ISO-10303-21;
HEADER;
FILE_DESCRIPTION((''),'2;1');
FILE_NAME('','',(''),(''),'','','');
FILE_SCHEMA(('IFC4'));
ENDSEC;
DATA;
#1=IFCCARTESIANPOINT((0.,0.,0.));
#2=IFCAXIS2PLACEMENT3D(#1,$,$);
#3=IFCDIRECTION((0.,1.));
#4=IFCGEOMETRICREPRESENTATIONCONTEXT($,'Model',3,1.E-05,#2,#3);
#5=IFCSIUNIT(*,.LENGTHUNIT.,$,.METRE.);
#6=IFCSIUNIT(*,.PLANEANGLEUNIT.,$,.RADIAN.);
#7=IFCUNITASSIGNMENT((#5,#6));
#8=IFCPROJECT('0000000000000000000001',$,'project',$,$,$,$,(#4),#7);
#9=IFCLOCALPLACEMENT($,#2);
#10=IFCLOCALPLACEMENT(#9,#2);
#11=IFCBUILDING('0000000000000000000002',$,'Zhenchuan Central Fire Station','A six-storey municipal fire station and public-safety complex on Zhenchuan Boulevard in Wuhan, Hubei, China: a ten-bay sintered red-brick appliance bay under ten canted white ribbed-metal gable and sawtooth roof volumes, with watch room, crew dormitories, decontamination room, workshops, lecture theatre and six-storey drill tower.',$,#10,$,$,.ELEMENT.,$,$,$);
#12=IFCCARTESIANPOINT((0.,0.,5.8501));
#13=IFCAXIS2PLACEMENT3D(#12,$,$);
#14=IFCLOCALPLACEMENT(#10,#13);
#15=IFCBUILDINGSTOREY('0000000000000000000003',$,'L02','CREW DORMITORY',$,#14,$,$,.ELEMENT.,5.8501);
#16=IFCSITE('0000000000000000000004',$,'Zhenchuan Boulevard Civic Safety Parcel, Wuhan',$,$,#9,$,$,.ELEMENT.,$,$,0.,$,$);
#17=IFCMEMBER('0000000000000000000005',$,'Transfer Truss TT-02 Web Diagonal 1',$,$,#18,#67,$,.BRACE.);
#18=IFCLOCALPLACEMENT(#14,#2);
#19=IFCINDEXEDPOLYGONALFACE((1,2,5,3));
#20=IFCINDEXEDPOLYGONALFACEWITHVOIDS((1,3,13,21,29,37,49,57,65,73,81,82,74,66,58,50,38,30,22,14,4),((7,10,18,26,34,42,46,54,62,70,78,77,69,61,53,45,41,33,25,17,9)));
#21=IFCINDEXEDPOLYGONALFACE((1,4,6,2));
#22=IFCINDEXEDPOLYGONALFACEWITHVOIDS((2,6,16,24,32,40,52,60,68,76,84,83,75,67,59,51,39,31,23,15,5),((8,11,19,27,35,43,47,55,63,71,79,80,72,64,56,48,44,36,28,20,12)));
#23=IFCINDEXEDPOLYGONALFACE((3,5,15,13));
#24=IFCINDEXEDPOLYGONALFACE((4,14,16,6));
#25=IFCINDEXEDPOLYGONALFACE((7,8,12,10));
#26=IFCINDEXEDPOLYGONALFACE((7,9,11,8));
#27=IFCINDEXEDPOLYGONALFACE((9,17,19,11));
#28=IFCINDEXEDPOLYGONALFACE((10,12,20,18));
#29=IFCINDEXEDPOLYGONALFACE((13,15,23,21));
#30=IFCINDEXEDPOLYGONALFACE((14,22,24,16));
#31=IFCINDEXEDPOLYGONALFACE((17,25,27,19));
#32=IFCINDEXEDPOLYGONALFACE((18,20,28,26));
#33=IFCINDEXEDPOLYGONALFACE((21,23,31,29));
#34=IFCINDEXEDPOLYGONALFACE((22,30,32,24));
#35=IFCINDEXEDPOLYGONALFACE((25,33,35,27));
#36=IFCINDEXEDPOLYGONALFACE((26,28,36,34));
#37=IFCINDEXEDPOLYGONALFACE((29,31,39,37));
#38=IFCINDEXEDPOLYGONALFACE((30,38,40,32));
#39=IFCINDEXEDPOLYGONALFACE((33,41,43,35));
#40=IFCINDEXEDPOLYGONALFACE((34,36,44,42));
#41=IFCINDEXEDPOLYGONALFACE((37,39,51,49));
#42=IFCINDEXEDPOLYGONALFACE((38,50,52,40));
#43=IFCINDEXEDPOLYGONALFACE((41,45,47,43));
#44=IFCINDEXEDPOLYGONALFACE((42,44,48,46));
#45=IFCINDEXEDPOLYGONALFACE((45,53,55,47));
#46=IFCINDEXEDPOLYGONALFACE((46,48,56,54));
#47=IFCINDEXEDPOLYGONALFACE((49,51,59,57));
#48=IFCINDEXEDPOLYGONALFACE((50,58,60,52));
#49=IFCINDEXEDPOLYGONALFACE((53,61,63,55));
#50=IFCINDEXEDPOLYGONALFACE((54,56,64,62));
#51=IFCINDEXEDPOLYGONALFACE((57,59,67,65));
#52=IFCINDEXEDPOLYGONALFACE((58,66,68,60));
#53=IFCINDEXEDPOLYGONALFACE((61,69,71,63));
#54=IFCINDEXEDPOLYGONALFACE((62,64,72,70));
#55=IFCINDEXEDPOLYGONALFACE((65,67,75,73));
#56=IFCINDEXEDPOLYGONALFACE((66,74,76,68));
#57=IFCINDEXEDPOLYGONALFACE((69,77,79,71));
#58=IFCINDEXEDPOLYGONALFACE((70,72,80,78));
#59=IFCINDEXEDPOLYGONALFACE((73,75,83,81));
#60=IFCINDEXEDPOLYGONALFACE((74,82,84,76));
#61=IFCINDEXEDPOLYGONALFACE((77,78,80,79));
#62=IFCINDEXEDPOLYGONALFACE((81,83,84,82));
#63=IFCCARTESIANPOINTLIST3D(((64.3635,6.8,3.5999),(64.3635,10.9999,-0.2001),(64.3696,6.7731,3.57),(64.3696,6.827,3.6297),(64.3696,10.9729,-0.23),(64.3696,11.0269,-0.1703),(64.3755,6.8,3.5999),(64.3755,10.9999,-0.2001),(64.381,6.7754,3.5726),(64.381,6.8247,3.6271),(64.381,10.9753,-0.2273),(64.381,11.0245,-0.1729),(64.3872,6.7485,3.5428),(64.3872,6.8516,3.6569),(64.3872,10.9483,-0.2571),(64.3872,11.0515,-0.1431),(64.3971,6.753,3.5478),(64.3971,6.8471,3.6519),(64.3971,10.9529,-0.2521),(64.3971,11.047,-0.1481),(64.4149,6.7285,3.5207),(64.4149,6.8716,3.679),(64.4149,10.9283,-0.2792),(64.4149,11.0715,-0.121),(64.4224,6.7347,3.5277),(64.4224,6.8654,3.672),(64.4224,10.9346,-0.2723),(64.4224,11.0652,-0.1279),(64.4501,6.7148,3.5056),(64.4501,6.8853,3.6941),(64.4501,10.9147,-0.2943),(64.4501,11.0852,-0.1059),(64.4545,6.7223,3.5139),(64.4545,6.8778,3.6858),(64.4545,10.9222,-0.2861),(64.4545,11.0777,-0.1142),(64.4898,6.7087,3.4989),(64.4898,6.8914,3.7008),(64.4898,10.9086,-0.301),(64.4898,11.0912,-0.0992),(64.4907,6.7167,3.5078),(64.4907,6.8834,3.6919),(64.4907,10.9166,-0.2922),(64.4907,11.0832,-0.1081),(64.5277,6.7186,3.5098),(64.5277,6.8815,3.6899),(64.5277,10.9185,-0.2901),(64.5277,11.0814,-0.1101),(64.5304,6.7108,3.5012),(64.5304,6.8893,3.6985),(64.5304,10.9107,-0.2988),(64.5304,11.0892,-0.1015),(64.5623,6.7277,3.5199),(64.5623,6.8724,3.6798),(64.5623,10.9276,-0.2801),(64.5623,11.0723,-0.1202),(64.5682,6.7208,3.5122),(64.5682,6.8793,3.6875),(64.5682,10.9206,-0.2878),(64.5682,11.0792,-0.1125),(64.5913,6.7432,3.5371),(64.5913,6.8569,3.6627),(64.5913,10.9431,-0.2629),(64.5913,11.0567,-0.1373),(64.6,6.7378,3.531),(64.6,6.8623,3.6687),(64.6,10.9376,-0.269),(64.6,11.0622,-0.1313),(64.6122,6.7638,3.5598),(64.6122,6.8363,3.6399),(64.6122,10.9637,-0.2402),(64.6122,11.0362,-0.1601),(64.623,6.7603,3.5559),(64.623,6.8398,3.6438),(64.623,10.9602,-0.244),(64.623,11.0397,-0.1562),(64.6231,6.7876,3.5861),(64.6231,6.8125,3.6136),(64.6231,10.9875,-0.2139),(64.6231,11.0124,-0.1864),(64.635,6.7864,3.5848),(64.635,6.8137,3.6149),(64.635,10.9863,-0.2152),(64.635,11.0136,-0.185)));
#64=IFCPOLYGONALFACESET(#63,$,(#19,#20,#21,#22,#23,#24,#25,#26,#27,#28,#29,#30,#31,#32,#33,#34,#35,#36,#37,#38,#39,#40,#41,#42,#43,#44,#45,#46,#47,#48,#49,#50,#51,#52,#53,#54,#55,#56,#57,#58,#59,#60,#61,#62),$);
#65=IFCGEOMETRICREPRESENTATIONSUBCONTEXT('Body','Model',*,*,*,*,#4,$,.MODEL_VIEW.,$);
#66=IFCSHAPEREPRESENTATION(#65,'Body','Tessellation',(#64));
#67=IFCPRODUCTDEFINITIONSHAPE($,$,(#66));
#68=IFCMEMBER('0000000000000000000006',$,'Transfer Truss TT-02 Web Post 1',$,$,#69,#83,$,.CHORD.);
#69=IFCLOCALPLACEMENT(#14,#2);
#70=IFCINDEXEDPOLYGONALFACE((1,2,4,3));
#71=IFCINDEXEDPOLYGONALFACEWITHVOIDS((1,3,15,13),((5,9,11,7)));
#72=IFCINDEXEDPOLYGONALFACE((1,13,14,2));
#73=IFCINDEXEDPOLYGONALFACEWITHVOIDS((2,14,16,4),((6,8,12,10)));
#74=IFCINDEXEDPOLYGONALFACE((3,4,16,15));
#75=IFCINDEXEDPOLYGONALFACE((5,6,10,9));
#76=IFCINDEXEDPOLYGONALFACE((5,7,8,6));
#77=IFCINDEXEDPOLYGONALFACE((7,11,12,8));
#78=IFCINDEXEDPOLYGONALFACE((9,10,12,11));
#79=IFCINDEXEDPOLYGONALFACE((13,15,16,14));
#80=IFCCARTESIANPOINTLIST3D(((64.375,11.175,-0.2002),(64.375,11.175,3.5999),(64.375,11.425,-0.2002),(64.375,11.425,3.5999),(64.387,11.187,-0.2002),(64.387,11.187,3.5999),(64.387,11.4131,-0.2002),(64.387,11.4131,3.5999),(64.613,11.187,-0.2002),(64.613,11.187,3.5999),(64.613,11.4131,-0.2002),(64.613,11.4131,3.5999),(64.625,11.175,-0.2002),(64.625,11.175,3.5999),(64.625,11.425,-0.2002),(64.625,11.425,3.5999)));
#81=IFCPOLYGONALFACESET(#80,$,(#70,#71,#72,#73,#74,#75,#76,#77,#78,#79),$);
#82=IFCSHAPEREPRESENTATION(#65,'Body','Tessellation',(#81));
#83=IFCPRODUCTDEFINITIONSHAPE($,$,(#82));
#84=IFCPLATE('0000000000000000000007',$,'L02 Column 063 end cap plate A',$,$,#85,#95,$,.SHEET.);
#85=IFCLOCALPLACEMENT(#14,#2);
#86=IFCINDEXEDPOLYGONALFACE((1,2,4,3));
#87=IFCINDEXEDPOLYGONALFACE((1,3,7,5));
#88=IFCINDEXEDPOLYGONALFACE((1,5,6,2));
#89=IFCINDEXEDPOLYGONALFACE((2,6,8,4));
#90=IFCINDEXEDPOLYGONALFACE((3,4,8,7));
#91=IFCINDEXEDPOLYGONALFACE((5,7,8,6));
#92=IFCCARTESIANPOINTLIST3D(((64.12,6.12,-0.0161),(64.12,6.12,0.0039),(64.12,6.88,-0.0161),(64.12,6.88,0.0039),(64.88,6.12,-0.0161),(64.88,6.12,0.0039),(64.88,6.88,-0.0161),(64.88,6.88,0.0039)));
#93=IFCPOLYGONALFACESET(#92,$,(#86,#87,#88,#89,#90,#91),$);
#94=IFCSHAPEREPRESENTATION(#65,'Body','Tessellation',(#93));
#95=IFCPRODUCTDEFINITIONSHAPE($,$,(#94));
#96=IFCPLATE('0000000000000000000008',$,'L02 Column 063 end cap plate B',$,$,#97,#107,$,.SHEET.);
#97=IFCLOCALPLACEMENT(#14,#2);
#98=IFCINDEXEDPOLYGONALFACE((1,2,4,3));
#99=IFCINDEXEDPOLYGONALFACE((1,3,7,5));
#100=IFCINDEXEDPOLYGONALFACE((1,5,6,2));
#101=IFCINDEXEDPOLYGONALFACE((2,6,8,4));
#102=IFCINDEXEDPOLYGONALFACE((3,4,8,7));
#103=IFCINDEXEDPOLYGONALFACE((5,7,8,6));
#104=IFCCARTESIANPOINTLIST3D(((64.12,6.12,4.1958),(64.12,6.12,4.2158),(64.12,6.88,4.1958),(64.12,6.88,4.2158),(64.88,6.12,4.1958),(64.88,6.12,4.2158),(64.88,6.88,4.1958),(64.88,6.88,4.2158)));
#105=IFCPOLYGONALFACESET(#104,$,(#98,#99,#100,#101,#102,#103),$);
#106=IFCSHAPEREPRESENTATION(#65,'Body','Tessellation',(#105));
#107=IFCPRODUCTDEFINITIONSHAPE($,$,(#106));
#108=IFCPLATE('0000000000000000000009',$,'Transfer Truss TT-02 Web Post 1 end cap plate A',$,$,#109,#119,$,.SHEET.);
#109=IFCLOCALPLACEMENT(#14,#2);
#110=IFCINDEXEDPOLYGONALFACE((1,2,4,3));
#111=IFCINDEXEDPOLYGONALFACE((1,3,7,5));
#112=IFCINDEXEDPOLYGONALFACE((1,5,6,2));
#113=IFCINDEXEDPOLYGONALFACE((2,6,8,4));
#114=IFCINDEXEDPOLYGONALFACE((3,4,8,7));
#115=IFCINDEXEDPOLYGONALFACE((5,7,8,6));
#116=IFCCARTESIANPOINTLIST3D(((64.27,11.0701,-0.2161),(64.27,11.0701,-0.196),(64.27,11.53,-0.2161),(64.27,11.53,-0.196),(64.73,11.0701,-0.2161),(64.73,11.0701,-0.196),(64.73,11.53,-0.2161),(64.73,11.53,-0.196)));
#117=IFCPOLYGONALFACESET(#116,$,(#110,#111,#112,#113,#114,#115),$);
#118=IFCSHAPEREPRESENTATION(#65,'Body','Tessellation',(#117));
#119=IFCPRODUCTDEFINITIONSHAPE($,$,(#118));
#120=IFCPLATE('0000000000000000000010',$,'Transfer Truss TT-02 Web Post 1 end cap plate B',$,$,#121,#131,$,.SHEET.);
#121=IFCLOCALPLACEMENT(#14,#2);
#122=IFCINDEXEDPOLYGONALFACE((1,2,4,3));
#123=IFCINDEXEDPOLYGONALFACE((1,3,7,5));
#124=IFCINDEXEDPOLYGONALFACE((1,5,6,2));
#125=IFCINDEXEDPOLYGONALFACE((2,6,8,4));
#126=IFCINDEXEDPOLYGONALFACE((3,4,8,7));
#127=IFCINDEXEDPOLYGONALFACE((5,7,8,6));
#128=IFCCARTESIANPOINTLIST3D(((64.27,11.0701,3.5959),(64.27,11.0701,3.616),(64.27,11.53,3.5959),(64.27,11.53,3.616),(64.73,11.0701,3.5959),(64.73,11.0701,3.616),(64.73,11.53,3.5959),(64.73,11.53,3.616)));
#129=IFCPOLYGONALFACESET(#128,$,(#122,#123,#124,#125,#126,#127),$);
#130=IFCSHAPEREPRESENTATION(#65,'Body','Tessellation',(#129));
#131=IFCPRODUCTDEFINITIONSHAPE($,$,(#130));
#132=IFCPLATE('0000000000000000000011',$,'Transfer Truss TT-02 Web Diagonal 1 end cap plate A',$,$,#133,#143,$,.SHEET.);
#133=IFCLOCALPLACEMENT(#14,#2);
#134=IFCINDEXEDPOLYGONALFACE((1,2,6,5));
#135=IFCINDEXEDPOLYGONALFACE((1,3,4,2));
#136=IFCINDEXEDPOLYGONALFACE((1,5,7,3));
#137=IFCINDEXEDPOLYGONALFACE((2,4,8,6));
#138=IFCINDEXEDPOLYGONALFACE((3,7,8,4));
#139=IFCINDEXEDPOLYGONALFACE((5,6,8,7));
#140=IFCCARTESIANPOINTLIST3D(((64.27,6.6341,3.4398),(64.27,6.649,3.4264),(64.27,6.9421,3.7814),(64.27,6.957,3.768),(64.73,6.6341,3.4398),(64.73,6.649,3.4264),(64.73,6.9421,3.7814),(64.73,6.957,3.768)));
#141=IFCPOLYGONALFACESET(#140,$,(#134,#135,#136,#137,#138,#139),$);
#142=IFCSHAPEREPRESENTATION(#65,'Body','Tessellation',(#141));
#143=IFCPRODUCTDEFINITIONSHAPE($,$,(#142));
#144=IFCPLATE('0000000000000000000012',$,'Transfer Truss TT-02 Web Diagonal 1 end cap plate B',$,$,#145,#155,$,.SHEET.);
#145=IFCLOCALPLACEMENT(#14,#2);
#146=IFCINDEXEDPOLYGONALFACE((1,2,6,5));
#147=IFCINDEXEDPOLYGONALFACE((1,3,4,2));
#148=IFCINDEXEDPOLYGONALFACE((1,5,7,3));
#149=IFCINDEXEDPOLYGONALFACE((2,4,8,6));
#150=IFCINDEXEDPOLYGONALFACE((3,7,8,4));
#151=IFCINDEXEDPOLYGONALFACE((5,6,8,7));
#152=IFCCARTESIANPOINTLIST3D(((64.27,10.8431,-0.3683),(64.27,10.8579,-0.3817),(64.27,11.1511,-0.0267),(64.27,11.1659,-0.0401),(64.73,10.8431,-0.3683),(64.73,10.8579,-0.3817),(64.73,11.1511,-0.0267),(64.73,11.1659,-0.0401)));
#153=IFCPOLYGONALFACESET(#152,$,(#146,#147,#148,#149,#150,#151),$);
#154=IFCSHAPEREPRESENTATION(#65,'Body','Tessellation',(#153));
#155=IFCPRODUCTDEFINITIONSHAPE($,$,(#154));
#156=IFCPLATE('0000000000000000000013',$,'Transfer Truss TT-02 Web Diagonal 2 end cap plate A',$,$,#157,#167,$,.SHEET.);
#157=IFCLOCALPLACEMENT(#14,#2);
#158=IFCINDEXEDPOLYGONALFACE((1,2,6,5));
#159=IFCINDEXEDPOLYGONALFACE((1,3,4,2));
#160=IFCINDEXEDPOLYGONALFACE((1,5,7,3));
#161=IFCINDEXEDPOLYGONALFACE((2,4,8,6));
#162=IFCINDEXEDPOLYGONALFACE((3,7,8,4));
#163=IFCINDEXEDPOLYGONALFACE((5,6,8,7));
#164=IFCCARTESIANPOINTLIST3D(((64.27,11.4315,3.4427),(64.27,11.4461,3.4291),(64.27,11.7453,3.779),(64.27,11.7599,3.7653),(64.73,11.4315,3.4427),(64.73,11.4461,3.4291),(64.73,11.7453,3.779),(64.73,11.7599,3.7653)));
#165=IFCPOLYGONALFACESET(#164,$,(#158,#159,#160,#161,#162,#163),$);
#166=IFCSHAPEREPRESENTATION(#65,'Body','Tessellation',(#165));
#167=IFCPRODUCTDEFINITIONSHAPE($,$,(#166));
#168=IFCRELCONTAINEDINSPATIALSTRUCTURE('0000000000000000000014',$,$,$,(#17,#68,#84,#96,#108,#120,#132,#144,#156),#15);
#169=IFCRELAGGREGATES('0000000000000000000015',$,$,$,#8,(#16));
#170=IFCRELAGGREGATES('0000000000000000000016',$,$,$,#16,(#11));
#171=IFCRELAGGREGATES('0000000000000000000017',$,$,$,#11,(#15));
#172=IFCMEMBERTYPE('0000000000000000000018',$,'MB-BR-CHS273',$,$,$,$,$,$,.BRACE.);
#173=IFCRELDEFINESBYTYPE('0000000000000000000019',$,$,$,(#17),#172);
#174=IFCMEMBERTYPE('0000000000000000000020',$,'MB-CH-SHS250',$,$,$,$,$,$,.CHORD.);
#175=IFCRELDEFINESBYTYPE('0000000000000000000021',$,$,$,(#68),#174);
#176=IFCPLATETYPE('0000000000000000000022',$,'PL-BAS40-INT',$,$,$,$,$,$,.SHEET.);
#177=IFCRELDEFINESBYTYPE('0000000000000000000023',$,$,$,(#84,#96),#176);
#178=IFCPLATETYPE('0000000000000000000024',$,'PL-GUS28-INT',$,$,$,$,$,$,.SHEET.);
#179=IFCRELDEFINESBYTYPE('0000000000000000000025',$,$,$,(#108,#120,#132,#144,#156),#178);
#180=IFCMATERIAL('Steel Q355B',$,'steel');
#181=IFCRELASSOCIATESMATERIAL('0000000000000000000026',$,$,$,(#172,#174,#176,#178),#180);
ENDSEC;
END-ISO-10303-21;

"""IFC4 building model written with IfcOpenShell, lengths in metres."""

from ifc_helpers import new_model, si_unit, direction, frame, origin, origin_2d, place, context, subcontext, project, spatial, rectangle, hollow_rectangle, hollow_circle, extrude, material, material_profile, profile_set, type_object, element, save


model = new_model("IFC4")

# Units and contexts
model_context = context("Model", 3, precision=1e-05, world=origin(), true_north=direction((0.0, 1.0)))
body_context = subcontext(model_context, "Body", "Model", "MODEL_VIEW")
ifc_project = project(units=[si_unit("LENGTHUNIT", "METRE"), si_unit("PLANEANGLEUNIT", "RADIAN")], contexts=[model_context])

# Site, building, storey
site_placement = place(None, origin())
site = spatial("IfcSite", under=ifc_project, at=site_placement, Name="Zhenchuan Boulevard Civic Safety Parcel, Wuhan", CompositionType="ELEMENT", RefElevation=0.0)
building_placement = place(site_placement, origin())
building = spatial("IfcBuilding", under=site, at=building_placement, Name="Zhenchuan Central Fire Station", Description="A six-storey municipal fire station and public-safety complex on Zhenchuan Boulevard in Wuhan, Hubei, China: a ten-bay sintered red-brick appliance bay under ten canted white ribbed-metal gable and sawtooth roof volumes, with watch room, crew dormitories, decontamination room, workshops, lecture theatre and six-storey drill tower.", CompositionType="ELEMENT")
storey_placement = place(building_placement, frame((0.0, 0.0, 5.8501)))
storey = spatial("IfcBuildingStorey", under=building, at=storey_placement, Name="L02", Description="CREW DORMITORY", CompositionType="ELEMENT", Elevation=5.8501)

# Shared definitions
ifc_material_1 = material(Name="Steel Q355B", Category="steel")

# Members
ifc_material_profile_1 = material_profile(ifc_material_1, hollow_circle(Radius=0.1365, WallThickness=0.012, at=origin_2d()), Name="CHS 273x12")
ifc_profile_set_1 = profile_set([ifc_material_profile_1], Name="Steel Q355B")
member_type_1 = type_object("IfcMemberType", Name="MB-BR-CHS273", PredefinedType="BRACE", material=ifc_profile_set_1)
member_1_placement = place(storey_placement, frame((64.5, 6.8, 3.5999), z_axis=(0.0, 0.741528, -0.670922), x_axis=(-1.0, 0.0, 0.0)))
element("IfcMember", 1, at=member_1_placement, inside=storey, type_object=member_type_1, Name="Transfer Truss TT-02 Web Diagonal 1", PredefinedType="BRACE", context=body_context, shape_type="SweptSolid", body=[
    extrude(hollow_circle(Radius=0.1365, WallThickness=0.012, at=origin_2d()), origin(), (0.0, 0.0, 1.0), 5.6638),
])
ifc_material_profile_2 = material_profile(ifc_material_1, hollow_rectangle(XDim=0.25, YDim=0.25, WallThickness=0.012, at=origin_2d()), Name="SHS 250x250x12")
ifc_profile_set_2 = profile_set([ifc_material_profile_2], Name="Steel Q355B")
member_type_2 = type_object("IfcMemberType", Name="MB-CH-SHS250", PredefinedType="CHORD", material=ifc_profile_set_2)
member_2_placement = place(storey_placement, frame((64.5, 11.3, -0.2002), z_axis=(0.0, 0.0, 1.0), x_axis=(1.0, 0.0, 0.0)))
element("IfcMember", 2, at=member_2_placement, inside=storey, type_object=member_type_2, Name="Transfer Truss TT-02 Web Post 1", PredefinedType="CHORD", context=body_context, shape_type="SweptSolid", body=[
    extrude(hollow_rectangle(XDim=0.25, YDim=0.25, WallThickness=0.012, at=origin_2d()), origin(), (0.0, 0.0, 1.0), 3.8),
])

# Plates
ifc_material_profile_3 = material_profile(ifc_material_1, rectangle(XDim=0.76, YDim=0.76, at=origin_2d()), Name="PL 760x760x40")
ifc_profile_set_3 = profile_set([ifc_material_profile_3], Name="Steel Q355B")
plate_type_1 = type_object("IfcPlateType", Name="PL-BAS40-INT", PredefinedType="SHEET", material=ifc_profile_set_3)
for number, where, z_axis, x_axis, name in (
    (3, (64.5, 6.5, -0.0161), (0.0, 0.0, 1.0), (1.0, 0.0, 0.0), "L02 Column 063 end cap plate A"),
    (4, (64.5, 6.5, 4.1958), (0.0, 0.0, 1.0), (1.0, 0.0, 0.0), "L02 Column 063 end cap plate B"),
):
    element("IfcPlate", number, at=place(storey_placement, frame(where, z_axis=z_axis, x_axis=x_axis)), inside=storey, type_object=plate_type_1, Name=name, PredefinedType="SHEET", context=body_context, shape_type="SweptSolid", body=[
        extrude(rectangle(XDim=0.76, YDim=0.76, at=origin_2d()), origin(), (0.0, 0.0, 1.0), 0.02),
    ])
ifc_material_profile_4 = material_profile(ifc_material_1, rectangle(XDim=0.46, YDim=0.46, at=origin_2d()), Name="PL 460x460x28")
ifc_profile_set_4 = profile_set([ifc_material_profile_4], Name="Steel Q355B")
plate_type_2 = type_object("IfcPlateType", Name="PL-GUS28-INT", PredefinedType="SHEET", material=ifc_profile_set_4)
for number, where, z_axis, x_axis, name in (
    (5, (64.5, 11.3, -0.2161), (0.0, 0.0, 1.0), (1.0, 0.0, 0.0), "Transfer Truss TT-02 Web Post 1 end cap plate A"),
    (6, (64.5, 11.3, 3.5959), (0.0, 0.0, 1.0), (1.0, 0.0, 0.0), "Transfer Truss TT-02 Web Post 1 end cap plate B"),
    (7, (64.5, 6.7881, 3.6106), (0.0, 0.742688, -0.669637), (-1.0, 0.0, 0.0), "Transfer Truss TT-02 Web Diagonal 1 end cap plate A"),
    (8, (64.5, 10.9971, -0.1975), (0.0, 0.742688, -0.669637), (-1.0, 0.0, 0.0), "Transfer Truss TT-02 Web Diagonal 1 end cap plate B"),
    (9, (64.5, 11.5884, 3.6108), (0.0, 0.731055, -0.682318), (-1.0, 0.0, 0.0), "Transfer Truss TT-02 Web Diagonal 2 end cap plate A"),
):
    element("IfcPlate", number, at=place(storey_placement, frame(where, z_axis=z_axis, x_axis=x_axis)), inside=storey, type_object=plate_type_2, Name=name, PredefinedType="SHEET", context=body_context, shape_type="SweptSolid", body=[
        extrude(rectangle(XDim=0.46, YDim=0.46, at=origin_2d()), origin(), (0.0, 0.0, 1.0), 0.02),
    ])

save(model, "model.ifc")
